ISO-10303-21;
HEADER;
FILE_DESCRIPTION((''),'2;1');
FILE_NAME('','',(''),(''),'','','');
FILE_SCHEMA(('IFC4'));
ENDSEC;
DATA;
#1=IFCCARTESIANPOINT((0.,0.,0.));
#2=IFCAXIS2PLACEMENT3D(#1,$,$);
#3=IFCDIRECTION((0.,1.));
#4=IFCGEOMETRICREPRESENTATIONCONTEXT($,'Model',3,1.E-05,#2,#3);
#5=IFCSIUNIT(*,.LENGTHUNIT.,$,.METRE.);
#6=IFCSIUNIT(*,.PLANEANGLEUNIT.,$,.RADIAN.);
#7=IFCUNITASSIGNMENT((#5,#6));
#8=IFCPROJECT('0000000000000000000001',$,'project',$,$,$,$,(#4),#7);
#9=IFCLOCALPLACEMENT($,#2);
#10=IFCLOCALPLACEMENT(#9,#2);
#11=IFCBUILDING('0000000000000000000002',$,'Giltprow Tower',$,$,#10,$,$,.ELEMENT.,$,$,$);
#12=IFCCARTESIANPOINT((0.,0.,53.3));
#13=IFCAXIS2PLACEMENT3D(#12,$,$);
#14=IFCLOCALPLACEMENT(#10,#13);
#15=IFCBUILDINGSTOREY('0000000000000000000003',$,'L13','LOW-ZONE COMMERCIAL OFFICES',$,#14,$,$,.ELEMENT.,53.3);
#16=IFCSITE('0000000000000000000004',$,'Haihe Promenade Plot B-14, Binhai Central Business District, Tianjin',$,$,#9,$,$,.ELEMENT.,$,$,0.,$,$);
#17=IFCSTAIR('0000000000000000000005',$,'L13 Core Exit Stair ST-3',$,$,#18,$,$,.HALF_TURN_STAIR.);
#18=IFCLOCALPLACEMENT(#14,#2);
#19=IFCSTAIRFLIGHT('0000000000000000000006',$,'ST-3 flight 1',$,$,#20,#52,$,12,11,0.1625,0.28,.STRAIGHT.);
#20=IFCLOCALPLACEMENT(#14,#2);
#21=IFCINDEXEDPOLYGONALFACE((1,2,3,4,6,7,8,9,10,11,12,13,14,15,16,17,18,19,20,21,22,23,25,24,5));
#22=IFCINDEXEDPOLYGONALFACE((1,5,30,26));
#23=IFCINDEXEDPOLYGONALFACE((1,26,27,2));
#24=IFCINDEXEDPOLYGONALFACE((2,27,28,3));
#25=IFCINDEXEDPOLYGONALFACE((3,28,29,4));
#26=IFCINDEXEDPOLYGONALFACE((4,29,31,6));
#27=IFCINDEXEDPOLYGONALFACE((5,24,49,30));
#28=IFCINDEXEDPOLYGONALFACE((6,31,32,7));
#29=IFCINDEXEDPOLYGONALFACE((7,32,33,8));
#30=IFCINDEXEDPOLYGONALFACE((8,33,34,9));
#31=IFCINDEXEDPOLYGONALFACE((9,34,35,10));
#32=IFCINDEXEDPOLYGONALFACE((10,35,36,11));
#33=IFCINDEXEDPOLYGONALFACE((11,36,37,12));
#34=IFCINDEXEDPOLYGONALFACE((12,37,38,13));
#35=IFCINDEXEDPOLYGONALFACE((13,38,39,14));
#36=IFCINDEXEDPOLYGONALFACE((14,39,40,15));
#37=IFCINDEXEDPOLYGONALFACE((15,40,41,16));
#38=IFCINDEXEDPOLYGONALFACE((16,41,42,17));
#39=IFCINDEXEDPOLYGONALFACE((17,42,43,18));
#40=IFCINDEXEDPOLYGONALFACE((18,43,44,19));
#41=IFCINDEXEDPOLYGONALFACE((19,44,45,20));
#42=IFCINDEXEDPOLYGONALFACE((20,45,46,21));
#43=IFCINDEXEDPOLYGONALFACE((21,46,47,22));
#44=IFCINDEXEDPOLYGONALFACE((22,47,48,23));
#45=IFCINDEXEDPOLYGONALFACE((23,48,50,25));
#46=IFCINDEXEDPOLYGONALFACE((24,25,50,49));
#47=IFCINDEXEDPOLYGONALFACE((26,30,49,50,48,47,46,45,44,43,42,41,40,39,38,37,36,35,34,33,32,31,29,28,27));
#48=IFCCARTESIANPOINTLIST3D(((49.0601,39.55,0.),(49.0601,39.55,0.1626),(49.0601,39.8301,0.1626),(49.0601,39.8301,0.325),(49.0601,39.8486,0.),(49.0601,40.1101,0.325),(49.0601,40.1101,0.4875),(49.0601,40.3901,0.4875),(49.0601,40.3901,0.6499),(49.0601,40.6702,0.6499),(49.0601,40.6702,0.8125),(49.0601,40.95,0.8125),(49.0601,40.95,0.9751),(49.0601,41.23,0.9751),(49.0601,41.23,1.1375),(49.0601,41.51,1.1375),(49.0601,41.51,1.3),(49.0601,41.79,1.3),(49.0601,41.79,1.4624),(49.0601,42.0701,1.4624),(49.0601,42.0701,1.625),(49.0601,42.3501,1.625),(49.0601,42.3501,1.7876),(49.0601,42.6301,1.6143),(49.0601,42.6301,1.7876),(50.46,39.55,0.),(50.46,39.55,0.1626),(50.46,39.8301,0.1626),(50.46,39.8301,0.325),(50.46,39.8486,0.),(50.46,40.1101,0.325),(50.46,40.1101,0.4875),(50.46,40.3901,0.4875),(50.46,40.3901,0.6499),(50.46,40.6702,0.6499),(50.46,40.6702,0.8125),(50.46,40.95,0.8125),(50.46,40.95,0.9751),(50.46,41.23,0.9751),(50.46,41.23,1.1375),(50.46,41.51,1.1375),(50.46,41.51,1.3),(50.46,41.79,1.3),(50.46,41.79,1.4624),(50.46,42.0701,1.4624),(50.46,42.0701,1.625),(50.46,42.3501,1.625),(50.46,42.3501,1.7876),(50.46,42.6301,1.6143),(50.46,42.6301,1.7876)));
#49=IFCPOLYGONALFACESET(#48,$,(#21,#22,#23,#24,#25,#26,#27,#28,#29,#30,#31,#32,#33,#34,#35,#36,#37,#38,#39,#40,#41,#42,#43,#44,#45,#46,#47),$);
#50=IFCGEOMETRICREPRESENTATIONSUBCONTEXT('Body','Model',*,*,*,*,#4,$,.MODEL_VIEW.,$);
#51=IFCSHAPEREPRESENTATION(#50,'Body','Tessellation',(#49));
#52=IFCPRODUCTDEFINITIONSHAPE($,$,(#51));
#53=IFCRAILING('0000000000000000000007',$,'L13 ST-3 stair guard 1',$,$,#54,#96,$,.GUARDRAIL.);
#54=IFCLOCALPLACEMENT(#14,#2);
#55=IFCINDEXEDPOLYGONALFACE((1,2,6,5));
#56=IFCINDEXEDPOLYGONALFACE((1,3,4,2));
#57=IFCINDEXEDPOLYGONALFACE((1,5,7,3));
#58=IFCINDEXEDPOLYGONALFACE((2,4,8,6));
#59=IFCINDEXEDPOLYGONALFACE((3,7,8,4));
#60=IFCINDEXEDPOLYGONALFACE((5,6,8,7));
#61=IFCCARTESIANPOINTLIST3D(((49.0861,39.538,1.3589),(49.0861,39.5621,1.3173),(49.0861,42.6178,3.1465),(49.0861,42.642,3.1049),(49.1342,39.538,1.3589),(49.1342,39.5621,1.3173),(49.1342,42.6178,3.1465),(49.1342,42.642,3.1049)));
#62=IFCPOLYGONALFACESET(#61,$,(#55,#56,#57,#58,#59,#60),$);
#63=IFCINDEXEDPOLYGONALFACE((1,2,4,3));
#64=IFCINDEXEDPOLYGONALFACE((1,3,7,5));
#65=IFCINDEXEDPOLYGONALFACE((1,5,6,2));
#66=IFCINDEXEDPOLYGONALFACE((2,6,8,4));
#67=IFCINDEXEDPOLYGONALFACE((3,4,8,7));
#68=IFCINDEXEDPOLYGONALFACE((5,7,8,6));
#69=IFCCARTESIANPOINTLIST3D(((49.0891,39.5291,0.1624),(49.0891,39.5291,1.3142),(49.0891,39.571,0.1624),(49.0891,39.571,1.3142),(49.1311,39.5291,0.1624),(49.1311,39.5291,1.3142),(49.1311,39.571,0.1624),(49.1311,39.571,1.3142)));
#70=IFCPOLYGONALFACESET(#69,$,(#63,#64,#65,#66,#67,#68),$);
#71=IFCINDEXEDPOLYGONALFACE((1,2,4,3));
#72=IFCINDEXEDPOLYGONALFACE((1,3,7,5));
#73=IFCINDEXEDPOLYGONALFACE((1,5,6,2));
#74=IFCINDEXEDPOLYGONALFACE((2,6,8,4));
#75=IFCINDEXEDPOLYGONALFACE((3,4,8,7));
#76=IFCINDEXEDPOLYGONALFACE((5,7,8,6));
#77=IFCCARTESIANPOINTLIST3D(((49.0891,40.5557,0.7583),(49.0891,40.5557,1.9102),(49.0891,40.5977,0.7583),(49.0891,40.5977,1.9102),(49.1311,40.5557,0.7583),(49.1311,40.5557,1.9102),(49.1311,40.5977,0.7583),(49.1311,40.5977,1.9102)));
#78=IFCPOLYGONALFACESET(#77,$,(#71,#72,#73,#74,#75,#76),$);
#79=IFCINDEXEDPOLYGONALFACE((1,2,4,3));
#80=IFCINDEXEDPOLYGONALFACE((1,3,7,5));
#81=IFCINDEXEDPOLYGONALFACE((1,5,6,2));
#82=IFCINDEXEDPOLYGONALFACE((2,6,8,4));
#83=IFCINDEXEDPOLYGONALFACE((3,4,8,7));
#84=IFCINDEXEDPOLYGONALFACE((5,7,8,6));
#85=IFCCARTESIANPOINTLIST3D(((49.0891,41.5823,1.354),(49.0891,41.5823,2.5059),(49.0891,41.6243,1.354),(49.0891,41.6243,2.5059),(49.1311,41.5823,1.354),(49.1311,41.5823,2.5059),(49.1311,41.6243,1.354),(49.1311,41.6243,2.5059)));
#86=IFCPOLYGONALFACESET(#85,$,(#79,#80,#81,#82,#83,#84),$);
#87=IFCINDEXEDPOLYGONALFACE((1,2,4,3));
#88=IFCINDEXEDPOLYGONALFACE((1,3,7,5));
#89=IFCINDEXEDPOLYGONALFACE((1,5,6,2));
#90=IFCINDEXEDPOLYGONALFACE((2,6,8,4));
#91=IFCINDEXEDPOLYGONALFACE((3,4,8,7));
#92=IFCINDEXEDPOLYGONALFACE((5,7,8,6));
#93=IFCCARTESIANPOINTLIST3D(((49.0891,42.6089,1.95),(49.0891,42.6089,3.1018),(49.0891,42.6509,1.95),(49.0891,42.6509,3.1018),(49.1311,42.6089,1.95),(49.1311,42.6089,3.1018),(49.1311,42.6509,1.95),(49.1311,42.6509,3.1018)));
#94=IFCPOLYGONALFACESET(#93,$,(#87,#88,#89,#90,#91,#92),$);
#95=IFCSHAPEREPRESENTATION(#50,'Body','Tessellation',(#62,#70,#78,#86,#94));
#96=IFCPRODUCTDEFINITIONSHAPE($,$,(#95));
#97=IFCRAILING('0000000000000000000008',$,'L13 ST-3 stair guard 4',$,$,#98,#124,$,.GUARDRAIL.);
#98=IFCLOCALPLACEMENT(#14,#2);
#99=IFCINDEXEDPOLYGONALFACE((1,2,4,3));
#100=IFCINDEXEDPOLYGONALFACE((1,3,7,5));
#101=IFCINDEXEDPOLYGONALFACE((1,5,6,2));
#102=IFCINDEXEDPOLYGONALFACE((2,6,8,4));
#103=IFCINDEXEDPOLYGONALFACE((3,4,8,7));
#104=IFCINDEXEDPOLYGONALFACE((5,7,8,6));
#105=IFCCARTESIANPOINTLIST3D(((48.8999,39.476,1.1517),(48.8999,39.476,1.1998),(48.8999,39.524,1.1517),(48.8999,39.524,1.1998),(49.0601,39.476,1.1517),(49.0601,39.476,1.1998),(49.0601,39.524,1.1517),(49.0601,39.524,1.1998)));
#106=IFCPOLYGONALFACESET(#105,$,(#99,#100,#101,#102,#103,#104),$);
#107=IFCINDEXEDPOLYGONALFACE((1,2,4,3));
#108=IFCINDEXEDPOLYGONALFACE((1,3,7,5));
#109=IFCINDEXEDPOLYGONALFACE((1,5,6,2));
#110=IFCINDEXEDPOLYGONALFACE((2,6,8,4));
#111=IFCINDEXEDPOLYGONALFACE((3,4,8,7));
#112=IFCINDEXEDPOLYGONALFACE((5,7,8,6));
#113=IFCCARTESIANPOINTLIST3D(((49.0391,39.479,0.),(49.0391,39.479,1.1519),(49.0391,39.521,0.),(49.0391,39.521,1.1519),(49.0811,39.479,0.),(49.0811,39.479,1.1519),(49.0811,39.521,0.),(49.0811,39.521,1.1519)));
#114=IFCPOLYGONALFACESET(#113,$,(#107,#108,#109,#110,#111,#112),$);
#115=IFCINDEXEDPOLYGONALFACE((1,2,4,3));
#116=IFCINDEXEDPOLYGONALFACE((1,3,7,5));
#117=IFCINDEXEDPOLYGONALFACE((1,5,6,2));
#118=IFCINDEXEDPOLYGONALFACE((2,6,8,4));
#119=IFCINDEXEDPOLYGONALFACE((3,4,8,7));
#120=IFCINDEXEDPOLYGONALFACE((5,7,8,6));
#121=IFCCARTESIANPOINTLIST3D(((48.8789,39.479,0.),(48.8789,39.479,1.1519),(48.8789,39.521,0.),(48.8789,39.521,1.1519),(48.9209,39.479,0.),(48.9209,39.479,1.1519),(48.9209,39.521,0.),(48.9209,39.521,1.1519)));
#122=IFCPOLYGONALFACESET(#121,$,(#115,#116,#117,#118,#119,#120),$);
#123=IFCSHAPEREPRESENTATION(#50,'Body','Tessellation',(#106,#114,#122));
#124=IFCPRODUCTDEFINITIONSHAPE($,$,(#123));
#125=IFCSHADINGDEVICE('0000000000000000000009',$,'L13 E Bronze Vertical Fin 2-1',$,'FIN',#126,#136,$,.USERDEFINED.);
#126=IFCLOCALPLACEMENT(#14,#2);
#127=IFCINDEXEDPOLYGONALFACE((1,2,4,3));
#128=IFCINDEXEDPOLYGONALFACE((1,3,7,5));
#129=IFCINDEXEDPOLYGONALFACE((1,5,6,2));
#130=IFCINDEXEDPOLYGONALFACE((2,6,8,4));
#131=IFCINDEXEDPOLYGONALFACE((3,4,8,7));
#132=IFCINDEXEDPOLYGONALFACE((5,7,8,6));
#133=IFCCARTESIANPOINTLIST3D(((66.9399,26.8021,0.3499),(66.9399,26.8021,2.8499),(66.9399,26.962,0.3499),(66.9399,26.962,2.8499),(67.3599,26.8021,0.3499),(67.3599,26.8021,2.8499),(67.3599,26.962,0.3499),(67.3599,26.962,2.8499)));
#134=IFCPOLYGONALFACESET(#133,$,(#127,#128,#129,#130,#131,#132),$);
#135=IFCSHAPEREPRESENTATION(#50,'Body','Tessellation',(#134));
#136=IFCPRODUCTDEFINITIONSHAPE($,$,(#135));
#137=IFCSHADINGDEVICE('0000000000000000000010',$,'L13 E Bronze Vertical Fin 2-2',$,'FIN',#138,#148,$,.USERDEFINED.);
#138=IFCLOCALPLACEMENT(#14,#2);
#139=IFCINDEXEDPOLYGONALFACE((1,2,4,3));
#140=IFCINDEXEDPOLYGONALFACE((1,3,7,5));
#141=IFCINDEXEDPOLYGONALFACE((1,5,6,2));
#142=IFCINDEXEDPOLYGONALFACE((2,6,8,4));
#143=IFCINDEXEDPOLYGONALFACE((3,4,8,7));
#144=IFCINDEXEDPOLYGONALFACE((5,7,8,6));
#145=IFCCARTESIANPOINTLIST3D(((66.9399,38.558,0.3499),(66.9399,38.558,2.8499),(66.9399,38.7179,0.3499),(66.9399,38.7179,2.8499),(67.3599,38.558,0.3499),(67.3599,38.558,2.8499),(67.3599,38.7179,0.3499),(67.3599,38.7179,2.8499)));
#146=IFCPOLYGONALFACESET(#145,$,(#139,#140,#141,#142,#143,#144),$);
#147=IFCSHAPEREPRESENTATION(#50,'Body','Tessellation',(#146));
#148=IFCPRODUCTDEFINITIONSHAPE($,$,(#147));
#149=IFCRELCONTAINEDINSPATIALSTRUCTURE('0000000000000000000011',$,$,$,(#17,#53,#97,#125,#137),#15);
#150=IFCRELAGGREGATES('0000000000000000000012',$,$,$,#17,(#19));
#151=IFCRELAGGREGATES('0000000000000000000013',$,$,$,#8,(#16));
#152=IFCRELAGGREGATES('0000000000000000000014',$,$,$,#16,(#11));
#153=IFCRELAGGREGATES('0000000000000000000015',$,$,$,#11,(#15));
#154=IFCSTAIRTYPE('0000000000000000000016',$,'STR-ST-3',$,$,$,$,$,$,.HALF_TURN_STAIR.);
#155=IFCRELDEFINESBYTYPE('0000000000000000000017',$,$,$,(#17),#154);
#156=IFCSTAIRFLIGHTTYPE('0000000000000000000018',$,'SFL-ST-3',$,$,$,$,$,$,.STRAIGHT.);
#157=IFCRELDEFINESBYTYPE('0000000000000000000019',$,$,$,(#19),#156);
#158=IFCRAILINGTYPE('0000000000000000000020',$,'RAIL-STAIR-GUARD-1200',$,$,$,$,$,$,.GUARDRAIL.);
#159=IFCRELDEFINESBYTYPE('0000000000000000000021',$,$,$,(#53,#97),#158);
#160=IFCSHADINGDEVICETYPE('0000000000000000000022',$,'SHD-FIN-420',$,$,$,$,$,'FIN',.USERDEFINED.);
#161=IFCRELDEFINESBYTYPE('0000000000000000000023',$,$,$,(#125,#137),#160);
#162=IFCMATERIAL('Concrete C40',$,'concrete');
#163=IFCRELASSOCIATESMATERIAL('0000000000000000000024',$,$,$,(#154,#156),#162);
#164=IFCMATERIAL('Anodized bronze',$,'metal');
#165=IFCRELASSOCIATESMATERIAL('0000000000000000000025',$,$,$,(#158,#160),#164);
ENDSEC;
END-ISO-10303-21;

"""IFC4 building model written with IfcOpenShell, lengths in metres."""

from ifc_helpers import new_model, si_unit, direction, frame, origin, origin_2d, place, context, subcontext, project, spatial, polyline, rectangle, outline, extrude, source, transform, mapped, material, type_object, element, aggregate, save


model = new_model("IFC4")

# Units and contexts
model_context = context("Model", 3, precision=1e-05, world=origin(), true_north=direction((0.0, 1.0)))
body_context = subcontext(model_context, "Body", "Model", "MODEL_VIEW")
ifc_project = project(units=[si_unit("LENGTHUNIT", "METRE"), si_unit("PLANEANGLEUNIT", "RADIAN")], contexts=[model_context])

# Site, building, storey
site_placement = place(None, origin())
site = spatial("IfcSite", under=ifc_project, at=site_placement, Name="Haihe Promenade Plot B-14, Binhai Central Business District, Tianjin", CompositionType="ELEMENT", RefElevation=0.0)
building_placement = place(site_placement, origin())
building = spatial("IfcBuilding", under=site, at=building_placement, Name="Giltprow Tower", CompositionType="ELEMENT")
storey_placement = place(building_placement, frame((0.0, 0.0, 53.3)))
storey = spatial("IfcBuildingStorey", under=building, at=storey_placement, Name="L13", Description="LOW-ZONE COMMERCIAL OFFICES", CompositionType="ELEMENT", Elevation=53.3)

# Shared definitions
ifc_material_1 = material(Name="Concrete C40", Category="concrete")

# Stair, stair flight
stair_type = type_object("IfcStairType", Name="STR-ST-3", PredefinedType="HALF_TURN_STAIR", material=ifc_material_1)
stair_placement = place(storey_placement, origin())
stair = element("IfcStair", 1, at=stair_placement, inside=storey, type_object=stair_type, Name="L13 Core Exit Stair ST-3", PredefinedType="HALF_TURN_STAIR")
stair_flight_type = type_object("IfcStairFlightType", Name="SFL-ST-3", PredefinedType="STRAIGHT", material=ifc_material_1)
stair_flight_placement = place(storey_placement, frame((49.76, 39.55, 0.0), z_axis=(0.0, 0.0, 1.0), x_axis=(0.0, 1.0, 0.0)))
stair_flight = element("IfcStairFlight", 2, at=stair_flight_placement, type_object=stair_flight_type, Name="ST-3 flight 1", NumberOfRisers=12, NumberOfTreads=11, PredefinedType="STRAIGHT", RiserHeight=0.1625, TreadLength=0.28, context=body_context, shape_type="SweptSolid", body=[
    extrude(outline(polyline([(0.0, 0.0), (0.0, 0.1626), (0.28, 0.1626), (0.28, 0.325), (0.5601, 0.325), (0.5601, 0.4875), (0.8401, 0.4875), (0.8401, 0.6499), (1.1201, 0.6499), (1.1201, 0.8125), (1.3999, 0.8125), (1.3999, 0.9751), (1.6799, 0.9751), (1.6799, 1.1375), (1.96, 1.1375), (1.96, 1.3), (2.24, 1.3), (2.24, 1.4624), (2.52, 1.4624), (2.52, 1.625), (2.8, 1.625), (2.8, 1.7876), (3.0801, 1.7876), (3.0801, 1.95), (3.0801, 1.6143), (0.2986, 0.0), (0.0, 0.0)])), frame((0.0, 0.7, 0.0), z_axis=(0.0, -1.0, 0.0), x_axis=(1.0, 0.0, 0.0)), (0.0, 0.0, 1.0), 1.3999),
])
aggregate(stair, [stair_flight])

# Railings
ifc_material_2 = material(Name="Anodized bronze", Category="metal")
railing_type = type_object("IfcRailingType", Name="RAIL-STAIR-GUARD-1200", PredefinedType="GUARDRAIL", material=ifc_material_2)
railing_1_placement = place(storey_placement, frame((49.1101, 39.55, 0.1624)))
element("IfcRailing", 3, at=railing_1_placement, inside=storey, type_object=railing_type, Name="L13 ST-3 stair guard 1", PredefinedType="GUARDRAIL", context=body_context, shape_type="SweptSolid", body=[
    extrude(rectangle(XDim=0.0481, YDim=0.0481, at=origin_2d()), frame((0.0, 0.0, 1.1758), z_axis=(0.0, 0.864873, 0.50199), x_axis=(-1.0, 0.0, 0.0)), (0.0, 0.0, 1.0), 3.561),
    extrude(rectangle(XDim=0.042, YDim=0.042, at=origin_2d()), origin(), (0.0, 0.0, 1.0), 1.1519),
    extrude(rectangle(XDim=0.042, YDim=0.042, at=origin_2d()), frame((0.0, 1.0266, 0.5959)), (0.0, 0.0, 1.0), 1.1519),
    extrude(rectangle(XDim=0.042, YDim=0.042, at=origin_2d()), frame((0.0, 2.0532, 1.1917)), (0.0, 0.0, 1.0), 1.1519),
    extrude(rectangle(XDim=0.042, YDim=0.042, at=origin_2d()), frame((0.0, 3.0798, 1.7876)), (0.0, 0.0, 1.0), 1.1519),
])
railing_2_placement = place(storey_placement, frame((49.0601, 39.5, 0.0)))
element("IfcRailing", 4, at=railing_2_placement, inside=storey, type_object=railing_type, Name="L13 ST-3 stair guard 4", PredefinedType="GUARDRAIL", context=body_context, shape_type="SweptSolid", body=[
    extrude(rectangle(XDim=0.0481, YDim=0.0481, at=origin_2d()), frame((0.0, 0.0, 1.1758), z_axis=(-1.0, 0.0, 0.0), x_axis=(0.0, -1.0, 0.0)), (0.0, 0.0, 1.0), 0.1602),
    extrude(rectangle(XDim=0.042, YDim=0.042, at=origin_2d()), origin(), (0.0, 0.0, 1.0), 1.1519),
    extrude(rectangle(XDim=0.042, YDim=0.042, at=origin_2d()), frame((-0.1602, 0.0, 0.0)), (0.0, 0.0, 1.0), 1.1519),
])

# Shading devices
shading_device_type = type_object("IfcShadingDeviceType", Name="SHD-FIN-420", ElementType="FIN", PredefinedType="USERDEFINED", material=ifc_material_2)
shared_shape_1 = source(origin(), body_context, "Body", "SweptSolid", [
    extrude(rectangle(XDim=0.4199, YDim=0.1599, at=origin_2d()), origin(), (0.0, 0.0, 1.0), 2.5),
])
for number, where, z_axis, x_axis, name in (
    (5, (67.1499, 26.8821, 0.3499), (0.0, 0.0, 1.0), (1.0, 0.0, 0.0), "L13 E Bronze Vertical Fin 2-1"),
    (6, (67.1499, 38.6379, 0.3499), (0.0, 0.0, 1.0), (1.0, 0.0, 0.0), "L13 E Bronze Vertical Fin 2-2"),
):
    element("IfcShadingDevice", number, at=place(storey_placement, frame(where, z_axis=z_axis, x_axis=x_axis)), inside=storey, type_object=shading_device_type, Name=name, ObjectType="FIN", PredefinedType="USERDEFINED", context=body_context, shape_type="MappedRepresentation", body=[
        mapped(shared_shape_1, transform((0.0, 0.0, 0.0), x_axis=(1.0, 0.0, 0.0), y_axis=(0.0, 1.0, 0.0), z_axis=(0.0, 0.0, 1.0), scale=1.0)),
    ])

save(model, "model.ifc")
